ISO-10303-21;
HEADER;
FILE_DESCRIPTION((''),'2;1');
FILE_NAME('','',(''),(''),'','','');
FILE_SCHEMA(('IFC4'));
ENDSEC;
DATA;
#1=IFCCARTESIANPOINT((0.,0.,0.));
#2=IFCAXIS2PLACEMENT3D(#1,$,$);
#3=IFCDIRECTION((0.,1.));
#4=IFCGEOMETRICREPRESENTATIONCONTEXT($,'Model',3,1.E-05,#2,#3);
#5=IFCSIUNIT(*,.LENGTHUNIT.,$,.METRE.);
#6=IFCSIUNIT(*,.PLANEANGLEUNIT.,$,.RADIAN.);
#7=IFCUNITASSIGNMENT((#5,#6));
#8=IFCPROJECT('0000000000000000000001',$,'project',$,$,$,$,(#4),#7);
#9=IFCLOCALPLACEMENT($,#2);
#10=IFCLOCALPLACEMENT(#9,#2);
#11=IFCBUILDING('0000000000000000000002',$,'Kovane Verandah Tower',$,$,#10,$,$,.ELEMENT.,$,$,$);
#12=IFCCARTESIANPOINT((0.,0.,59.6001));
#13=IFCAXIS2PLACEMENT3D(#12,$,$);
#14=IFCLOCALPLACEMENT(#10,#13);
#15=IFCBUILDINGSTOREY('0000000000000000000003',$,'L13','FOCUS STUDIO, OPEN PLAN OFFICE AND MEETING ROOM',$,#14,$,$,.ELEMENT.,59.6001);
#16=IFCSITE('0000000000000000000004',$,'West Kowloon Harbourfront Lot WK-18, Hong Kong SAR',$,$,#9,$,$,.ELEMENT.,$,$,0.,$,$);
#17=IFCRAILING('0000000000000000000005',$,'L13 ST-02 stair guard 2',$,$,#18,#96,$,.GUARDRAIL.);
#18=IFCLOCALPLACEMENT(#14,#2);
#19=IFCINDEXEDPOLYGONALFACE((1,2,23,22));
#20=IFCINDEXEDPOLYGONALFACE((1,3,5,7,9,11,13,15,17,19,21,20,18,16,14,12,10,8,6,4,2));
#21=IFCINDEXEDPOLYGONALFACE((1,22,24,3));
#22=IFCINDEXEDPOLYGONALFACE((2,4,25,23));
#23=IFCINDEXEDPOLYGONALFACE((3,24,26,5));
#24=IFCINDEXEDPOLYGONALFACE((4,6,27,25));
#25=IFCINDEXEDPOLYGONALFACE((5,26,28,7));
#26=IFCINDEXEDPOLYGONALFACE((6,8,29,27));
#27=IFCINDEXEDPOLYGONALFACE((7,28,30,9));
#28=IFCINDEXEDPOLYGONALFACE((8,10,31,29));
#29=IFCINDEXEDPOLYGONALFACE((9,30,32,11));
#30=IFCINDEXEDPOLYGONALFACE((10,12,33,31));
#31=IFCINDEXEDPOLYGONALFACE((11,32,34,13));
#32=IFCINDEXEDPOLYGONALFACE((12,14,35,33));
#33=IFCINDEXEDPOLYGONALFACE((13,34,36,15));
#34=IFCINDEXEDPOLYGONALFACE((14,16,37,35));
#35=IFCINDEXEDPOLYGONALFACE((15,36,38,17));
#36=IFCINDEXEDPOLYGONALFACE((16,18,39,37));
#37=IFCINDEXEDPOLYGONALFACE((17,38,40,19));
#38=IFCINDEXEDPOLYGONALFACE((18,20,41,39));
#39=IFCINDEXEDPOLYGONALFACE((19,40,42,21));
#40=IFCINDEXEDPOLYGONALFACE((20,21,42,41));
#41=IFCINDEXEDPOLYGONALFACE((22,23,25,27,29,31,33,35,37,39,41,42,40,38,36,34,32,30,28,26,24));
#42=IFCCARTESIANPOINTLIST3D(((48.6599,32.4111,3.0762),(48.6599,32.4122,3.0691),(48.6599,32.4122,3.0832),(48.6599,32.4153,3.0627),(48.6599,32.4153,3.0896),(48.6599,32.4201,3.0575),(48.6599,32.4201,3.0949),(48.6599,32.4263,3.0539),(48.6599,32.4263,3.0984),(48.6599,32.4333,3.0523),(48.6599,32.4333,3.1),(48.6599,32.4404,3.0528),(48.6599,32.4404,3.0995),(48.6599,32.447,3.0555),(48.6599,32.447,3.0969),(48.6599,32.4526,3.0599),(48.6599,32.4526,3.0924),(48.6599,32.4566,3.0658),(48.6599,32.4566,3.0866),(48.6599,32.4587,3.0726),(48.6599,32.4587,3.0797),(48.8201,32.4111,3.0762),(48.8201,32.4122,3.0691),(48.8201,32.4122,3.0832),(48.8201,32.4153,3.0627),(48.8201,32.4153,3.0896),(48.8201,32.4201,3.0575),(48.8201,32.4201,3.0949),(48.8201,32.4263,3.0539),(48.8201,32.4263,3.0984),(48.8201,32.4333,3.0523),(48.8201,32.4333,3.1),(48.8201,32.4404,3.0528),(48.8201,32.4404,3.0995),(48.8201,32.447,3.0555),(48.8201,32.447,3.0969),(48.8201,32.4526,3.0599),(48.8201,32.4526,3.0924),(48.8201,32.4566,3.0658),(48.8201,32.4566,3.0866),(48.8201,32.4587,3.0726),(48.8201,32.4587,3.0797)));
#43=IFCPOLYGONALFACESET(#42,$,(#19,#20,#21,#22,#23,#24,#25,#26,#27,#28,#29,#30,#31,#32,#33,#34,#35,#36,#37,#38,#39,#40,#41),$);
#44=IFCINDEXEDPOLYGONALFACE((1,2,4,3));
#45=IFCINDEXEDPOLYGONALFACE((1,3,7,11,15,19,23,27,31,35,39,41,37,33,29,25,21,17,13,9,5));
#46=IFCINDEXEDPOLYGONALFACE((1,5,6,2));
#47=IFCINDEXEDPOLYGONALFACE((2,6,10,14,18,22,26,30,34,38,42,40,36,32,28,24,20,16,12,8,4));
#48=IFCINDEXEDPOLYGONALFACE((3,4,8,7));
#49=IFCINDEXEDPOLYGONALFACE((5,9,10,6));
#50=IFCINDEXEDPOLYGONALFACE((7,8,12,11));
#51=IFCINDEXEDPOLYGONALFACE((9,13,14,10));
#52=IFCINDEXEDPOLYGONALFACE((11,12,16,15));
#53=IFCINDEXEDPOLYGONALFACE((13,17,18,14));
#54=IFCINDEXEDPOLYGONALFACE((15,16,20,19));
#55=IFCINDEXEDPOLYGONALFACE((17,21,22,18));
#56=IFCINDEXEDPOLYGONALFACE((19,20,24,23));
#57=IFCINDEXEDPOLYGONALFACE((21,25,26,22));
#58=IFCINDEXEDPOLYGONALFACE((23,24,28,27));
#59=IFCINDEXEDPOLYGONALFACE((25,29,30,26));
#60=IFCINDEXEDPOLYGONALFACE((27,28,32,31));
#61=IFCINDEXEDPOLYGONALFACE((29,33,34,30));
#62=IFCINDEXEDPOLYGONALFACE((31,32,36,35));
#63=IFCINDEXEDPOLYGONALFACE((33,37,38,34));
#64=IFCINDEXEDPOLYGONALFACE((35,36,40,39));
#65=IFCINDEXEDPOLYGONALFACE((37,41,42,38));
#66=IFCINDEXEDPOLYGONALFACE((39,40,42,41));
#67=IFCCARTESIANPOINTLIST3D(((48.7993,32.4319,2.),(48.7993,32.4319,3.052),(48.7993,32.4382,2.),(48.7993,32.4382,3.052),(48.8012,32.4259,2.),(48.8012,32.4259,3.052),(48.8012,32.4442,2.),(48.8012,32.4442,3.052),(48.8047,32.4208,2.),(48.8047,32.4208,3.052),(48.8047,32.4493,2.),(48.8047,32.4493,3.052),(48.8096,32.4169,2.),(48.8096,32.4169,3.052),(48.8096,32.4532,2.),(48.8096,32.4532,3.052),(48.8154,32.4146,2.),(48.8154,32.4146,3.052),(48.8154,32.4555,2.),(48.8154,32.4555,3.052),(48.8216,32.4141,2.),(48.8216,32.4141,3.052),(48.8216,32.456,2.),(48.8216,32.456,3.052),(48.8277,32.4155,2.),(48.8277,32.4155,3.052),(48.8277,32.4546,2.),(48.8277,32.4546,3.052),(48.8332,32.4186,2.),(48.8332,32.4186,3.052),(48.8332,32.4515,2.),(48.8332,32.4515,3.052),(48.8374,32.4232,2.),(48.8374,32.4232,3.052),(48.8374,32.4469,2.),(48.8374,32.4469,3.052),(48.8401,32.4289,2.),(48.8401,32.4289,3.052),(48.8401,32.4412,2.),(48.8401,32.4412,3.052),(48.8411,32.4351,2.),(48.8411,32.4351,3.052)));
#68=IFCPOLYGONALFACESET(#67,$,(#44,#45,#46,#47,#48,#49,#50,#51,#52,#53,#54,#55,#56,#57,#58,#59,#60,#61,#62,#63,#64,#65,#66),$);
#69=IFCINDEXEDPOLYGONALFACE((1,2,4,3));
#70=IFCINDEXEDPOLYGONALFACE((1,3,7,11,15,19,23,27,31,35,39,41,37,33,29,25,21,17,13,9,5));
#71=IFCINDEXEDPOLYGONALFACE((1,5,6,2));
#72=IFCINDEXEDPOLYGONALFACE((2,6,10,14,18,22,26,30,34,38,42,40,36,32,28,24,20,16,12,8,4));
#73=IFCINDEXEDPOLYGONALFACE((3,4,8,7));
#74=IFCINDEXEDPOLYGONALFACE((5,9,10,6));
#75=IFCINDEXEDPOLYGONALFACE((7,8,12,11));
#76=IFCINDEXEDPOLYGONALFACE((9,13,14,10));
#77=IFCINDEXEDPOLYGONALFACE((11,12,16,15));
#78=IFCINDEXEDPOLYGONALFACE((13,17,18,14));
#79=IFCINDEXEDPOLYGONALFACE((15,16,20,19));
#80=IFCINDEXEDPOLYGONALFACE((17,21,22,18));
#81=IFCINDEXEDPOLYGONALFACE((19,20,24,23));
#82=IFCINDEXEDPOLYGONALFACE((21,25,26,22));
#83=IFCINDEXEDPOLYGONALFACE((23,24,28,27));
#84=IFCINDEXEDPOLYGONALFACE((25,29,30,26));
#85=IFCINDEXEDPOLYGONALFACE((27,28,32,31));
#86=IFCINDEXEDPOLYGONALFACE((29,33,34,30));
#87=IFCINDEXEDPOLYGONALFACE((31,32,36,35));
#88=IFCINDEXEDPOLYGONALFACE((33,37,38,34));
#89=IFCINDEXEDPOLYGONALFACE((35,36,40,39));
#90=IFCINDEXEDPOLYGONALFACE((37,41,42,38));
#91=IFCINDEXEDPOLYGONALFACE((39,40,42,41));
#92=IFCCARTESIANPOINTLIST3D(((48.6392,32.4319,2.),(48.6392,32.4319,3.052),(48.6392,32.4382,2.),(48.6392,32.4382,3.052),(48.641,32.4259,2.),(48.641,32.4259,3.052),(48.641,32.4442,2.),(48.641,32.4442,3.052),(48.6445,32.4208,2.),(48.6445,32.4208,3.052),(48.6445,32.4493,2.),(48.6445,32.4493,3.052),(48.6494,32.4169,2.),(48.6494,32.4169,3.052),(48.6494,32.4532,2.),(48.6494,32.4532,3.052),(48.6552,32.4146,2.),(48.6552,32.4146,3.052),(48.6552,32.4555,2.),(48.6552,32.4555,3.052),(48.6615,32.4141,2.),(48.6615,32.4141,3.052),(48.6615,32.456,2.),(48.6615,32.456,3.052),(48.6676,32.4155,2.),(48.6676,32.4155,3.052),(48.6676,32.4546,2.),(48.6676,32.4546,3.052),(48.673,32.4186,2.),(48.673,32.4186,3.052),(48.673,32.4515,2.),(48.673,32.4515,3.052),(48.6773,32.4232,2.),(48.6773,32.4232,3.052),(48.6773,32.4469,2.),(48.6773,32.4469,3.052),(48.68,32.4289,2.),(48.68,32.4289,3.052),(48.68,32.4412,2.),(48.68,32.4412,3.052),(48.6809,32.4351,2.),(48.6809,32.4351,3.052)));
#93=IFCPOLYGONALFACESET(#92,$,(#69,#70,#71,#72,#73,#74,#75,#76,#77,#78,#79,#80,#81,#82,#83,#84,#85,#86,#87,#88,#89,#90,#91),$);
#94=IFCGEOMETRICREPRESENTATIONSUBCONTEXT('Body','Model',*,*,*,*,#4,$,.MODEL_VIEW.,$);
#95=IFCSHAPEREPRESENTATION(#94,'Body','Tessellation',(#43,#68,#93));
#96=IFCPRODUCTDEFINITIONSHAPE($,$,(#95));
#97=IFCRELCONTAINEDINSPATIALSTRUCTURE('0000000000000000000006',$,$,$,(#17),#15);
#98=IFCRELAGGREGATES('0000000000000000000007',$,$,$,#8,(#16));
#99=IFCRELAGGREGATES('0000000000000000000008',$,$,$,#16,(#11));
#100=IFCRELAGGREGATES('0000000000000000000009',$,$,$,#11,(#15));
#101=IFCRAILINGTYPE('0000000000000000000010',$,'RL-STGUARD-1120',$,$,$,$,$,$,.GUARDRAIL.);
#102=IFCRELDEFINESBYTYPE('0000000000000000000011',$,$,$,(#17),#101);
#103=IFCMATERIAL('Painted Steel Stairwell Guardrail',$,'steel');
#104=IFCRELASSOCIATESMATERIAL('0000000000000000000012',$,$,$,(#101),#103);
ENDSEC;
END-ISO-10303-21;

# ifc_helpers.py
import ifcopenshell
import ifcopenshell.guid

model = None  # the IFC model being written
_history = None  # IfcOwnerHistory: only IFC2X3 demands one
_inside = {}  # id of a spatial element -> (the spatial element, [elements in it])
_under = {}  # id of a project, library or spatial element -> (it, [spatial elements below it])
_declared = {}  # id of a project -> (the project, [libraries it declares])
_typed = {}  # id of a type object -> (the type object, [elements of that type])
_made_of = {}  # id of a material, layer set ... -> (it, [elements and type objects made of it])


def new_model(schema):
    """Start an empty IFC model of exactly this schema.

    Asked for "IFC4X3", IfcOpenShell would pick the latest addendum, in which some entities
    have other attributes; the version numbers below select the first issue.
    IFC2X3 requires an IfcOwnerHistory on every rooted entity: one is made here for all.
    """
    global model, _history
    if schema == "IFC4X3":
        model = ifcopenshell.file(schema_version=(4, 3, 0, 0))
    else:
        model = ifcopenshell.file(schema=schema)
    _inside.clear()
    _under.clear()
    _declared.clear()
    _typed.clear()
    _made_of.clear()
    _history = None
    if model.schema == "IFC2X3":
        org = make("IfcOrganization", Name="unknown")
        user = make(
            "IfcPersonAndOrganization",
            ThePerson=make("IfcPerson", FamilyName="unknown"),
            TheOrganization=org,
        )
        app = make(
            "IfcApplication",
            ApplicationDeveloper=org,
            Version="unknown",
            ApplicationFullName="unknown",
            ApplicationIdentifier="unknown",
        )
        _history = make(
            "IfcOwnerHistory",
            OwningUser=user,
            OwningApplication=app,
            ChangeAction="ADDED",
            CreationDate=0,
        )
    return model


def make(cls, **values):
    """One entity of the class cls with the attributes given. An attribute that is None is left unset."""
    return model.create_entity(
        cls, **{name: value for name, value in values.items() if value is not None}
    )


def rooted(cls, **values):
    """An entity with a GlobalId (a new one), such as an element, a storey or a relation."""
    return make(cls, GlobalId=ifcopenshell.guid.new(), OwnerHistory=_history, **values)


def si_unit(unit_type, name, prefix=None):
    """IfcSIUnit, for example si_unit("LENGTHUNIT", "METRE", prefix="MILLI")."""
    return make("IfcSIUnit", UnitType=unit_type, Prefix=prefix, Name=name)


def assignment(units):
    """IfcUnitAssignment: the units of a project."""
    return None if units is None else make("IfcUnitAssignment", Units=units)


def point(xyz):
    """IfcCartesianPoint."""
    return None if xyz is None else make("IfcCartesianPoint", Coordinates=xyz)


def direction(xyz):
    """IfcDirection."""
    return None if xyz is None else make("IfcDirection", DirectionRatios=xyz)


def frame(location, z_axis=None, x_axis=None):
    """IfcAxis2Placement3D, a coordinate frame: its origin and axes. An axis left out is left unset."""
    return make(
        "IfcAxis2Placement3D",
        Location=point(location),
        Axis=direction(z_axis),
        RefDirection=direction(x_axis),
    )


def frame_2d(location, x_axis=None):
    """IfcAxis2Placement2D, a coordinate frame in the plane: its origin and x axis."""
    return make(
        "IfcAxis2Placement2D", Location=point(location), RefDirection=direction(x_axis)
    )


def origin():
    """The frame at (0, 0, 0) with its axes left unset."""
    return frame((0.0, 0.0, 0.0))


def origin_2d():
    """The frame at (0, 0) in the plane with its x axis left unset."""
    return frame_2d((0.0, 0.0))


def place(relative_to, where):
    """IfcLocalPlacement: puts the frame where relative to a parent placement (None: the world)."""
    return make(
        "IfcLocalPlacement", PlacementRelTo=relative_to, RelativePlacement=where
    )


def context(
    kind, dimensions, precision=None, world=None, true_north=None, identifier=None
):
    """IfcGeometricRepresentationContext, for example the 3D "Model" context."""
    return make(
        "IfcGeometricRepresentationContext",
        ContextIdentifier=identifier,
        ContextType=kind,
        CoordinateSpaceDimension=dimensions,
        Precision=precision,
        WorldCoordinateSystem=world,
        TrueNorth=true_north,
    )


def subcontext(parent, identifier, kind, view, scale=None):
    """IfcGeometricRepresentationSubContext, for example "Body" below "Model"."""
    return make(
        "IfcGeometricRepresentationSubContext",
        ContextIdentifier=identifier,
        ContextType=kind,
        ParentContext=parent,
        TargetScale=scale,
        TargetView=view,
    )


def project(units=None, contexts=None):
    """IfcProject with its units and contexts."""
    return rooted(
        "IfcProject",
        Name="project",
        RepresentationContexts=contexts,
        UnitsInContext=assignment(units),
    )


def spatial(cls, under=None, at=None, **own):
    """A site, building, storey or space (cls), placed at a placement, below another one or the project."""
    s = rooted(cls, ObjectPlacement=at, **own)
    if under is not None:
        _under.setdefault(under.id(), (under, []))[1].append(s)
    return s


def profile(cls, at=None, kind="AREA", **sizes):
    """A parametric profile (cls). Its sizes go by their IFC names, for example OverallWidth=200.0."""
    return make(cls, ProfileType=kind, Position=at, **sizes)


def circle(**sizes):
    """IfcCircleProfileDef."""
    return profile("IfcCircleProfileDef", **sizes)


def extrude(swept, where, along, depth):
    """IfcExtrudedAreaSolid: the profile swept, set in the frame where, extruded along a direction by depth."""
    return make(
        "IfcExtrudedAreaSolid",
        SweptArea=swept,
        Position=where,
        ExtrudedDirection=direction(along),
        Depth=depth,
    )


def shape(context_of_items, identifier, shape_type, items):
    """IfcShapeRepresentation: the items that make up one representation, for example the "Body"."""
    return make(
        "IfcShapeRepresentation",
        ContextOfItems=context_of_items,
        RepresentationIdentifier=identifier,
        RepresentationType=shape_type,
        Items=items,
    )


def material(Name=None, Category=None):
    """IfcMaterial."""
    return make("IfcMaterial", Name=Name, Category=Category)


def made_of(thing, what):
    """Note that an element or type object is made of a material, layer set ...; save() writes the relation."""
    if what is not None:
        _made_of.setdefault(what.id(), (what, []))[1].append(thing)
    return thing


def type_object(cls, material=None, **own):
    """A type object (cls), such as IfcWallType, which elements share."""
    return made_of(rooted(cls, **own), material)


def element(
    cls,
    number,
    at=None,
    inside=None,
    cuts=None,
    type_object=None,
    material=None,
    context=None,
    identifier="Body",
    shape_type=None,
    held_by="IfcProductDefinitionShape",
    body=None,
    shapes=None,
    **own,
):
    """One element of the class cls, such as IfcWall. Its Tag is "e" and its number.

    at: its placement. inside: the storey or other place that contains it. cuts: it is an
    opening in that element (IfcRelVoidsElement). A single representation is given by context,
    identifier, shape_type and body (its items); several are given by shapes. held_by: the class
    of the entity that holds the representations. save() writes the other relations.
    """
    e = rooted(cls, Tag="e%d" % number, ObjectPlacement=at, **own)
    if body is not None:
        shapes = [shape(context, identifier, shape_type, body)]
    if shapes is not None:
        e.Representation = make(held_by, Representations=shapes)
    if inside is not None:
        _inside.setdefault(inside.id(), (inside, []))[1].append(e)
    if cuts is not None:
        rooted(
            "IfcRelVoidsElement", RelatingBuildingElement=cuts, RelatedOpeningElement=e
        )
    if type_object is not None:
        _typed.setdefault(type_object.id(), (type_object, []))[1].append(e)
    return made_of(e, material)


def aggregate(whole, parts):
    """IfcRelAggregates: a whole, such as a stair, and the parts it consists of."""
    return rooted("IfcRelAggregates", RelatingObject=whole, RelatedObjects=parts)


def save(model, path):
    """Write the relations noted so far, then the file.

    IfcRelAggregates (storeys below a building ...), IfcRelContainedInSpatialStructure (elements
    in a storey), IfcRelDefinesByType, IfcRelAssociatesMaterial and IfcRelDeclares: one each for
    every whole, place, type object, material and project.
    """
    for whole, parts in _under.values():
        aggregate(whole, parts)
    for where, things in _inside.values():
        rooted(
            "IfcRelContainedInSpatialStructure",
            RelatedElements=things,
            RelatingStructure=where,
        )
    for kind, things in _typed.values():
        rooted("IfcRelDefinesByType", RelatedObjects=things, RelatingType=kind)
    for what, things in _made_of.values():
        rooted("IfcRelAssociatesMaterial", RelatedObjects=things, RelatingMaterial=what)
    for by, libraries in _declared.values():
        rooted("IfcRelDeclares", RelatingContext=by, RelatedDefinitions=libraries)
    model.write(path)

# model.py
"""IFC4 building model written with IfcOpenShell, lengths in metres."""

from ifc_helpers import new_model, si_unit, direction, frame, origin, origin_2d, place, context, subcontext, project, spatial, circle, extrude, material, type_object, element, save


model = new_model("IFC4")

# Units and contexts
model_context = context("Model", 3, precision=1e-05, world=origin(), true_north=direction((0.0, 1.0)))
body_context = subcontext(model_context, "Body", "Model", "MODEL_VIEW")
ifc_project = project(units=[si_unit("LENGTHUNIT", "METRE"), si_unit("PLANEANGLEUNIT", "RADIAN")], contexts=[model_context])

# Site, building, storey
site_placement = place(None, origin())
site = spatial("IfcSite", under=ifc_project, at=site_placement, Name="West Kowloon Harbourfront Lot WK-18, Hong Kong SAR", CompositionType="ELEMENT", RefElevation=0.0)
building_placement = place(site_placement, origin())
building = spatial("IfcBuilding", under=site, at=building_placement, Name="Kovane Verandah Tower", CompositionType="ELEMENT")
storey_placement = place(building_placement, frame((0.0, 0.0, 59.6001)))
storey = spatial("IfcBuildingStorey", under=building, at=storey_placement, Name="L13", Description="FOCUS STUDIO, OPEN PLAN OFFICE AND MEETING ROOM", CompositionType="ELEMENT", Elevation=59.6001)

# Railing
ifc_material_1 = material(Name="Painted Steel Stairwell Guardrail", Category="steel")
railing_type_1 = type_object("IfcRailingType", Name="RL-STGUARD-1120", PredefinedType="GUARDRAIL", material=ifc_material_1)
railing_1_placement = place(storey_placement, frame((48.8201, 32.4351, 2.0)))
element("IfcRailing", 1, at=railing_1_placement, inside=storey, type_object=railing_type_1, Name="L13 ST-02 stair guard 2", PredefinedType="GUARDRAIL", context=body_context, shape_type="SweptSolid", body=[
    extrude(circle(Radius=0.0239, at=origin_2d()), frame((0.0, 0.0, 1.0762), z_axis=(-1.0, 0.0, 0.0), x_axis=(0.0, -1.0, 0.0)), (0.0, 0.0, 1.0), 0.1602),
    extrude(circle(Radius=0.021, at=origin_2d()), origin(), (0.0, 0.0, 1.0), 1.052),
    extrude(circle(Radius=0.021, at=origin_2d()), frame((-0.1602, 0.0, 0.0)), (0.0, 0.0, 1.0), 1.052),
])

save(model, "model.ifc")
